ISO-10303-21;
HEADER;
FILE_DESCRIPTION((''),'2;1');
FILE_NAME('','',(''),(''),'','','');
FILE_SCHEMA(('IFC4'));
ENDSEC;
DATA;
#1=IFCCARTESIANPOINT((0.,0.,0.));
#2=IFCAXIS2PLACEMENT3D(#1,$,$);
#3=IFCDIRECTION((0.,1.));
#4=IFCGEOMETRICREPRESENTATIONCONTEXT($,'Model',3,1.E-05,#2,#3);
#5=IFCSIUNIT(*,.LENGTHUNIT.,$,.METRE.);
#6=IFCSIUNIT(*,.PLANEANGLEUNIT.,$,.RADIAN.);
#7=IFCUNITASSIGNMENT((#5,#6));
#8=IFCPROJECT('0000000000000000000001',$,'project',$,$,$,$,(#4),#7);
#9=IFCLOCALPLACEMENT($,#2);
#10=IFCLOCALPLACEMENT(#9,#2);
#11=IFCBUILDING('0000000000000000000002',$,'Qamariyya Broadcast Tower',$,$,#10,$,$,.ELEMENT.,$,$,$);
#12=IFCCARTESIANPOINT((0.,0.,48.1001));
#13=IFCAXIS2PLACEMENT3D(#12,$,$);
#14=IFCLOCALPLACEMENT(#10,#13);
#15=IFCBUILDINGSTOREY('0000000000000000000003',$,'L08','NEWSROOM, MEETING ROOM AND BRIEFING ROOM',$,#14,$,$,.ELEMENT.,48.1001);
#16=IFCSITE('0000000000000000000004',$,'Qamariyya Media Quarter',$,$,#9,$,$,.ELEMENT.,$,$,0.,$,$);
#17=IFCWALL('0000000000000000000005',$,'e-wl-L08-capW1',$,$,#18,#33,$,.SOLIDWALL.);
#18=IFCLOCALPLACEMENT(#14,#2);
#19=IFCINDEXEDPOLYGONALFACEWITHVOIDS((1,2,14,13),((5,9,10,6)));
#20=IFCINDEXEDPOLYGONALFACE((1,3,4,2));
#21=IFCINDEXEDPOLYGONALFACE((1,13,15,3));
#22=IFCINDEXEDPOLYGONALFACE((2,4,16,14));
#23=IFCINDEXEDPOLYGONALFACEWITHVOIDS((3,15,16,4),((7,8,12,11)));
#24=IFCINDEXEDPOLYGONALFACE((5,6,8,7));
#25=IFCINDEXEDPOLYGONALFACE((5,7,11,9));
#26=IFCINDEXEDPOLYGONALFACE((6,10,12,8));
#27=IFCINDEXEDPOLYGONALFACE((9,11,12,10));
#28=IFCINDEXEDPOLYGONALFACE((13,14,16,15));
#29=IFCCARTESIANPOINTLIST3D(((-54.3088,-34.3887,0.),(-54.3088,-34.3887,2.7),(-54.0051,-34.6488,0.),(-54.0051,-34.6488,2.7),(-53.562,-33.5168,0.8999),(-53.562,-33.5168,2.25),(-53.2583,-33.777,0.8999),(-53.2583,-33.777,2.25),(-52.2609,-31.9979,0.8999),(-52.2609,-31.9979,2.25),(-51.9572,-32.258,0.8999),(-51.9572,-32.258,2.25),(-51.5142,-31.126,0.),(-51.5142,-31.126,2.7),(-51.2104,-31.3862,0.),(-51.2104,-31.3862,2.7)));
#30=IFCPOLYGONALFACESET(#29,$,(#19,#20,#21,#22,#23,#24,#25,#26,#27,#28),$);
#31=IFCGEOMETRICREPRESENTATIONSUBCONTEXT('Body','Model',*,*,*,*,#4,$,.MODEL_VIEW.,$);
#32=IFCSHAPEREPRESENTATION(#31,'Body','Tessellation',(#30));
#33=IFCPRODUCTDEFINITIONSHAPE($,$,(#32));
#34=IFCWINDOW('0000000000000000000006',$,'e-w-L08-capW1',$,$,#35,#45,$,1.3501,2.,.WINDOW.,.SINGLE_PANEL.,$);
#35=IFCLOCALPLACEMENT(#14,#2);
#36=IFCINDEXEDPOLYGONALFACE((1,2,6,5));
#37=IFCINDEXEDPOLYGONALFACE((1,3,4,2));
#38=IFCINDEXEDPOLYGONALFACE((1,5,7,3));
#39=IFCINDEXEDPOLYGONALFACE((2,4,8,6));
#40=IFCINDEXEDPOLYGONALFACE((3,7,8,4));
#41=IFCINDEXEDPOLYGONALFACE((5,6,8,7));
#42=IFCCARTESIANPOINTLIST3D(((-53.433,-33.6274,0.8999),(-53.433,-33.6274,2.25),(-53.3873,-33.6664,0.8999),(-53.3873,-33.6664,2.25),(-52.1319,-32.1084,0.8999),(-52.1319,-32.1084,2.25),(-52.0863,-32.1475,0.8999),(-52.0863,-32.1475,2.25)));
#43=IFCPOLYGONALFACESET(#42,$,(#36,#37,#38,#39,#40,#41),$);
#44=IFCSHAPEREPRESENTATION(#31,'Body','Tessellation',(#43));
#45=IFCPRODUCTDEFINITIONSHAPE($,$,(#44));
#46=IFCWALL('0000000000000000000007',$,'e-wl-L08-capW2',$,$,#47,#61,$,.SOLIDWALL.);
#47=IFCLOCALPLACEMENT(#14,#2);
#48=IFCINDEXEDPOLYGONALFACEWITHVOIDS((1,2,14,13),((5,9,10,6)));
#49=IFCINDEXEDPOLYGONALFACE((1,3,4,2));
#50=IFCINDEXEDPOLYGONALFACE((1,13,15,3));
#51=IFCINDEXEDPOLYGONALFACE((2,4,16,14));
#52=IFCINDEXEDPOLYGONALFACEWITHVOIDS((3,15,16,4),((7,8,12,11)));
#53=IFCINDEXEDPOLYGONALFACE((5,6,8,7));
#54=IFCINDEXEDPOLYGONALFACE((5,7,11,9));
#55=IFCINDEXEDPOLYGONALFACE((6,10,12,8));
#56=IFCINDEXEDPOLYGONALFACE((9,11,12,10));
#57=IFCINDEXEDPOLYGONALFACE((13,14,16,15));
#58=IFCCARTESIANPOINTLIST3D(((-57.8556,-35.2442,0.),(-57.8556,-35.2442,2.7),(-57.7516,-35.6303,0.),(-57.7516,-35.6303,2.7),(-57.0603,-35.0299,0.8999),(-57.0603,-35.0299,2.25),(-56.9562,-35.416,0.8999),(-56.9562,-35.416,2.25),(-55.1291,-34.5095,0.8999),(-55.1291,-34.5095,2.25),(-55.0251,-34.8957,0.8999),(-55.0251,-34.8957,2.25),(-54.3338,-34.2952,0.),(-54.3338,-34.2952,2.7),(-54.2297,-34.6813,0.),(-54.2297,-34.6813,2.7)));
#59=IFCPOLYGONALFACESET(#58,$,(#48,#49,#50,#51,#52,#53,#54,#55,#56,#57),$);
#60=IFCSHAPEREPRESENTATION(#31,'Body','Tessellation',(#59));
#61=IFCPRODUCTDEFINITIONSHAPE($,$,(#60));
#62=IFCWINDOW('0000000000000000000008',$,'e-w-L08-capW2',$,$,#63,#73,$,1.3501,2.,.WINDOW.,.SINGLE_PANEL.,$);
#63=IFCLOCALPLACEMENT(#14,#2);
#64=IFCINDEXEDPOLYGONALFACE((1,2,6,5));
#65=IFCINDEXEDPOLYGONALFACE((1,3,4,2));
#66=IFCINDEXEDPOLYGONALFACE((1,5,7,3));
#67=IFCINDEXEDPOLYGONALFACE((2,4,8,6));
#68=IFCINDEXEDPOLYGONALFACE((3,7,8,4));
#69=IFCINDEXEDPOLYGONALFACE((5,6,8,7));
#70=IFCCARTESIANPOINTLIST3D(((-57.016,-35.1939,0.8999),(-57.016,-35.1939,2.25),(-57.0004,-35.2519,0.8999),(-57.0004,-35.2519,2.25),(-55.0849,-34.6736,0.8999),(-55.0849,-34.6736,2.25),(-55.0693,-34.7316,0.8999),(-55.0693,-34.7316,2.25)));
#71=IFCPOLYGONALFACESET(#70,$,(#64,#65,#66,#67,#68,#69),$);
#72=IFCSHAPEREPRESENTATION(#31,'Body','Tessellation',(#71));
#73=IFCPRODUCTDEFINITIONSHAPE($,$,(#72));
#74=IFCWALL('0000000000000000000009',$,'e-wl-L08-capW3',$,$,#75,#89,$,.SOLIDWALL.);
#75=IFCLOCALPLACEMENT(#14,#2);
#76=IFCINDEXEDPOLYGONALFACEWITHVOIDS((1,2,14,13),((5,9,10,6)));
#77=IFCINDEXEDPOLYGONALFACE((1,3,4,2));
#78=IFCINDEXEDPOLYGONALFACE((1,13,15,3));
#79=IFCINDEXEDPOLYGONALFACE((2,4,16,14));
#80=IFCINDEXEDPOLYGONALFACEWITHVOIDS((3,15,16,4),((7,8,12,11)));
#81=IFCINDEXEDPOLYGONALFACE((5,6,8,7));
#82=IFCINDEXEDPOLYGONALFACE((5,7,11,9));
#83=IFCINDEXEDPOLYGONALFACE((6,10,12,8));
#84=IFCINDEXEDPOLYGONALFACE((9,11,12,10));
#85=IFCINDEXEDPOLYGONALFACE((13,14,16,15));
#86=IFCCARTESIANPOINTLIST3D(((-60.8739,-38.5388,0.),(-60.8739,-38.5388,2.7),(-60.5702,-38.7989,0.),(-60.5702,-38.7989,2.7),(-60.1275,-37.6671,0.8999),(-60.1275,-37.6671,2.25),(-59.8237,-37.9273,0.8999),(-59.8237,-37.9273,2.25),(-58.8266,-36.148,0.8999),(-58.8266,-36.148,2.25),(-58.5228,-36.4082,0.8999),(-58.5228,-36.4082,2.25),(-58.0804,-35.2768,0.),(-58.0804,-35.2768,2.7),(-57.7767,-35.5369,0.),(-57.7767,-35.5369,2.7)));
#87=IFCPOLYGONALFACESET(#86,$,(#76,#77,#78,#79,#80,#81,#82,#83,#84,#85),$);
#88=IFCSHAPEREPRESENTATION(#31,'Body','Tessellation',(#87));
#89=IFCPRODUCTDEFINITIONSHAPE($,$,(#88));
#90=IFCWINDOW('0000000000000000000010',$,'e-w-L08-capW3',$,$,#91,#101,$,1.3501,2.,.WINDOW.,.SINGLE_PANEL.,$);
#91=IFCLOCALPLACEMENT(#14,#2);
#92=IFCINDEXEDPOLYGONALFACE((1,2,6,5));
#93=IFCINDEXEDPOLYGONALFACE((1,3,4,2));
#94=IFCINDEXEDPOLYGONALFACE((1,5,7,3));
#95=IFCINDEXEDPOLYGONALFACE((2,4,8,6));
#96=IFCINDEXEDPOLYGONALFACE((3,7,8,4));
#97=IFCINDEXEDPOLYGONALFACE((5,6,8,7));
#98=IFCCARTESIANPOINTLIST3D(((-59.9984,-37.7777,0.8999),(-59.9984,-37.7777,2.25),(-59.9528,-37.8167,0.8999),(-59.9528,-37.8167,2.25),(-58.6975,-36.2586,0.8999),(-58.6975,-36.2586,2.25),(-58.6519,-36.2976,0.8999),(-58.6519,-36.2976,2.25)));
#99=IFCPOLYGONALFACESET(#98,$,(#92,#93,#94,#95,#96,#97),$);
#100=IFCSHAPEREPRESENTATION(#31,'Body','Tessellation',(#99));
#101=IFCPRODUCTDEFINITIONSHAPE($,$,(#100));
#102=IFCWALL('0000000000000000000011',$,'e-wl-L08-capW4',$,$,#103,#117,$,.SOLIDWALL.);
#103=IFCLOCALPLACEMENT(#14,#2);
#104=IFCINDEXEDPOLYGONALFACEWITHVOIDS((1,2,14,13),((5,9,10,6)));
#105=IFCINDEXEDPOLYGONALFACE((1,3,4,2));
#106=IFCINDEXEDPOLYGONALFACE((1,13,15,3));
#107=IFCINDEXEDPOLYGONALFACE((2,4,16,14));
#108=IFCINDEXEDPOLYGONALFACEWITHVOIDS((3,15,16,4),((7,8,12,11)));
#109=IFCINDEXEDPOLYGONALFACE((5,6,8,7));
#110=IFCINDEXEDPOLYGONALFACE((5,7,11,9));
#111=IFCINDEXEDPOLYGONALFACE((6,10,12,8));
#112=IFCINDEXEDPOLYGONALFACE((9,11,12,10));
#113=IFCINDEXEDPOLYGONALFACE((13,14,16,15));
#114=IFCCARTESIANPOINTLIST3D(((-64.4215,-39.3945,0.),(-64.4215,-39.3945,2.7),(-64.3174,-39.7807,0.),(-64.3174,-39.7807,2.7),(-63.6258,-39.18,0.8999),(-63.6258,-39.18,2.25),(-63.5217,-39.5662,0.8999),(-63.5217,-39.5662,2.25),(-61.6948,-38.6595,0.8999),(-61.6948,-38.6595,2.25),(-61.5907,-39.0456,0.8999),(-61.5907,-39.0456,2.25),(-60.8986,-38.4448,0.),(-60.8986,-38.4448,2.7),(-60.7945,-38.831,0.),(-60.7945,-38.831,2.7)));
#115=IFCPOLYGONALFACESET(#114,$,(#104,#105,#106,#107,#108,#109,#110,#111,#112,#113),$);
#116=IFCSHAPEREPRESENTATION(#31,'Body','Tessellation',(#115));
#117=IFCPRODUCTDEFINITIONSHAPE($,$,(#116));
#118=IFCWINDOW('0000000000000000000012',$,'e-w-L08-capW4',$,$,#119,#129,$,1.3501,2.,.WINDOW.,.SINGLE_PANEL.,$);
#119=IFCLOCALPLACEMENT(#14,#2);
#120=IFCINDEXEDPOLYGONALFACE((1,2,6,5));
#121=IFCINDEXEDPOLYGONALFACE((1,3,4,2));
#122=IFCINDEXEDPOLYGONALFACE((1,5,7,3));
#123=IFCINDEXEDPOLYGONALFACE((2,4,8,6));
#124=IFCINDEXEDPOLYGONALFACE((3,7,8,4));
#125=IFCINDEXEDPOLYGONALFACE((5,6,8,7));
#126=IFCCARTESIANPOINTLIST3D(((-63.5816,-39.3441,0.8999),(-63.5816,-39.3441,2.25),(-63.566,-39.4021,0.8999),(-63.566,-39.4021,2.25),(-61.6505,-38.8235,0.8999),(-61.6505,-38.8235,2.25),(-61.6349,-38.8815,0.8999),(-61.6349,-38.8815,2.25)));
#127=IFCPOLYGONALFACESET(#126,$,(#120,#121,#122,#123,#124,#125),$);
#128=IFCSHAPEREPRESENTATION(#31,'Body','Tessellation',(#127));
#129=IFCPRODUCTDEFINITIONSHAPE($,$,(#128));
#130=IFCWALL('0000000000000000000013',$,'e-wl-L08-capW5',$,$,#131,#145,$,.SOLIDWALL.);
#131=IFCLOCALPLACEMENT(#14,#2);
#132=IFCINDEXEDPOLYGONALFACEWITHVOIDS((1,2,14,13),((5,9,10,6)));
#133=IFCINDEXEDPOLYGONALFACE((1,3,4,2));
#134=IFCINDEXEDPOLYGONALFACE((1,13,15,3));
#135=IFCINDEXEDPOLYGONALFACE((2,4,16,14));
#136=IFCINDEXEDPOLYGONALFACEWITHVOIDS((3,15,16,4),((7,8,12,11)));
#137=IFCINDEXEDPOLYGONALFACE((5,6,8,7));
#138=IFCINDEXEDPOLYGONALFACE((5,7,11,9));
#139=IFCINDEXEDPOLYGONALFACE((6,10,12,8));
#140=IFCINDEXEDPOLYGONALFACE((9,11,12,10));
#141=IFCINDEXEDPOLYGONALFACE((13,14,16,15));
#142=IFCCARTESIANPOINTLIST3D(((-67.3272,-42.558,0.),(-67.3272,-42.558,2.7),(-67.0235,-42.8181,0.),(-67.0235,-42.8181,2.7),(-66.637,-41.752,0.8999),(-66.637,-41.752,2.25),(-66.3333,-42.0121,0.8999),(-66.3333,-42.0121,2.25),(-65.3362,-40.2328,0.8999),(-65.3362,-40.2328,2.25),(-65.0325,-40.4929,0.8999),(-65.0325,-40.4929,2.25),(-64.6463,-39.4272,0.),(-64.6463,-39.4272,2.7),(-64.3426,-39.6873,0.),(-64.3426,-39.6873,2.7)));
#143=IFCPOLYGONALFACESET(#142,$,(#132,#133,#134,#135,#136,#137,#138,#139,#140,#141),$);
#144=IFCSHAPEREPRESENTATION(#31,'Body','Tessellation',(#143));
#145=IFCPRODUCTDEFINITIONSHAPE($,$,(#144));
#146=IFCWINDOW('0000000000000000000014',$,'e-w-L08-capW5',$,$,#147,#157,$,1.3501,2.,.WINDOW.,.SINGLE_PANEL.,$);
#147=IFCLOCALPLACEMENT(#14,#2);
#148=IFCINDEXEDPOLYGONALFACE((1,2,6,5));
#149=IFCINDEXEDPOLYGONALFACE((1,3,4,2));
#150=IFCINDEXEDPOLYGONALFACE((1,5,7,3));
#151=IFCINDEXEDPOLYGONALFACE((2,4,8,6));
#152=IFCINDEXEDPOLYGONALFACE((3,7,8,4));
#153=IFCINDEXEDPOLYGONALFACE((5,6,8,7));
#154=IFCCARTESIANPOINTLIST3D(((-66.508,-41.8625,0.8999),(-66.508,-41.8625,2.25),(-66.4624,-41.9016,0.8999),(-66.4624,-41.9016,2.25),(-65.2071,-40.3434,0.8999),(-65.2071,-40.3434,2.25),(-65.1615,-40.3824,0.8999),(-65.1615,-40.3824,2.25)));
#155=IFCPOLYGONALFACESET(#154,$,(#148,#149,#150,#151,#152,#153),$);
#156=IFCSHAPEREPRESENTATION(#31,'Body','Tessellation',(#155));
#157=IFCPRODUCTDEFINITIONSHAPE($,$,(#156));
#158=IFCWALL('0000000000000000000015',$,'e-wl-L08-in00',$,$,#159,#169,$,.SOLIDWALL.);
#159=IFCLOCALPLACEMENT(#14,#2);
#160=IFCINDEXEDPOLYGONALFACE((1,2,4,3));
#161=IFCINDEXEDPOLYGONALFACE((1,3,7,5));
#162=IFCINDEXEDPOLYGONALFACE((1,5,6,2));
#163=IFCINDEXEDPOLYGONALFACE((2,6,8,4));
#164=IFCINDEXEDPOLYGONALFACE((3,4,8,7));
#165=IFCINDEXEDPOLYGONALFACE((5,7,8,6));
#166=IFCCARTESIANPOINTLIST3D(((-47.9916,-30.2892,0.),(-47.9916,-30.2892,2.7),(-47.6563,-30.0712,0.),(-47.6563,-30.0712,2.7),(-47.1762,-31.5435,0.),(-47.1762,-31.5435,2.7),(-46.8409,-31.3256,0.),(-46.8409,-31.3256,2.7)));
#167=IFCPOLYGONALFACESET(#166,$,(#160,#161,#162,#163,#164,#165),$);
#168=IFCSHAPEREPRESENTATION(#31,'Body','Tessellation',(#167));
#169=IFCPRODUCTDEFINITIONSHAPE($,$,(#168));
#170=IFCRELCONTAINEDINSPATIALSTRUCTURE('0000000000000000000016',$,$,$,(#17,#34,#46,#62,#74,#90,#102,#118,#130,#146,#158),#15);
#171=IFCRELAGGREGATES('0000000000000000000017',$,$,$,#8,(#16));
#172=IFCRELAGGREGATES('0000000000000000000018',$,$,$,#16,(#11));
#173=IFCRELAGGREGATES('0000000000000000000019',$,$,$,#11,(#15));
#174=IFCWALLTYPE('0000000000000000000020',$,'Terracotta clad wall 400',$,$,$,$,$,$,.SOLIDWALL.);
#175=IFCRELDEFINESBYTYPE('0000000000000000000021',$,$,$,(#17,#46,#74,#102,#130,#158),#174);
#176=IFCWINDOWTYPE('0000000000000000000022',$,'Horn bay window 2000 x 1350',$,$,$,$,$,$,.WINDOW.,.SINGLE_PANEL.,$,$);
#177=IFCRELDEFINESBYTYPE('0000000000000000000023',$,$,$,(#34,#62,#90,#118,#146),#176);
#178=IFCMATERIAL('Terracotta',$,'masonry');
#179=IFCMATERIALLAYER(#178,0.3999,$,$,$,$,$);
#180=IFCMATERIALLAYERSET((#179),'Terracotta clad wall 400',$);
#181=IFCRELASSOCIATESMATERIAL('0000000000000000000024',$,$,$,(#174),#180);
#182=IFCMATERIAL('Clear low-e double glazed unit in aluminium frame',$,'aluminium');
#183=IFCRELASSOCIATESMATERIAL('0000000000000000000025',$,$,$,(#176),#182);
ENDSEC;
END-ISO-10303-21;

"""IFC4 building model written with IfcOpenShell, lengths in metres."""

from ifc_helpers import new_model, si_unit, direction, frame, frame_2d, origin, place, context, subcontext, project, spatial, rectangle, extrude, material, layer, layer_set, type_object, element, fill, save


model = new_model("IFC4")

# Units and contexts
model_context = context("Model", 3, precision=1e-05, world=origin(), true_north=direction((0.0, 1.0)))
body_context = subcontext(model_context, "Body", "Model", "MODEL_VIEW")
ifc_project = project(units=[si_unit("LENGTHUNIT", "METRE"), si_unit("PLANEANGLEUNIT", "RADIAN")], contexts=[model_context])

# Site, building, storey
site_placement = place(None, origin())
site = spatial("IfcSite", under=ifc_project, at=site_placement, Name="Qamariyya Media Quarter", CompositionType="ELEMENT", RefElevation=0.0)
building_placement = place(site_placement, origin())
building = spatial("IfcBuilding", under=site, at=building_placement, Name="Qamariyya Broadcast Tower", CompositionType="ELEMENT")
storey_placement = place(building_placement, frame((0.0, 0.0, 48.1001)))
storey = spatial("IfcBuildingStorey", under=building, at=storey_placement, Name="L08", Description="NEWSROOM, MEETING ROOM AND BRIEFING ROOM", CompositionType="ELEMENT", Elevation=48.1001)

# Walls, openings, windows
ifc_material_1 = material(Name="Terracotta", Category="masonry")
ifc_layer = layer(ifc_material_1, 0.3999)
ifc_layer_set = layer_set([ifc_layer], Name="Terracotta clad wall 400")
wall_type = type_object("IfcWallType", Name="Terracotta clad wall 400", PredefinedType="SOLIDWALL", material=ifc_layer_set)
ifc_material_2 = material(Name="Clear low-e double glazed unit in aluminium frame", Category="aluminium")
window_type_1 = type_object("IfcWindowType", Name="Horn bay window 2000 x 1350", PartitioningType="SINGLE_PANEL", PredefinedType="WINDOW", material=ifc_material_2)
wall_1_placement = place(storey_placement, frame((-51.3623, -31.2561, 0.0), z_axis=(0.0, 0.0, 1.0), x_axis=(-0.650534, -0.759477, 0.0)))
wall_1 = element("IfcWall", 1, at=wall_1_placement, inside=storey, type_object=wall_type, Name="e-wl-L08-capW1", PredefinedType="SOLIDWALL", context=body_context, shape_type="SweptSolid", body=[
    extrude(rectangle(XDim=4.2959, YDim=0.3999, at=frame_2d((2.1479, 0.0))), origin(), (0.0, 0.0, 1.0), 2.7),
])
opening_1_placement = place(wall_1_placement, frame((1.1479, 0.0, 0.8999)))
opening_1 = element("IfcOpeningElement", 2, at=opening_1_placement, cuts=wall_1, PredefinedType="OPENING", context=body_context, shape_type="SweptSolid", body=[
    extrude(rectangle(XDim=2.0, YDim=1.3501, at=frame_2d((1.0, 0.675))), frame((0.0, 0.21, 0.0), z_axis=(0.0, -1.0, 0.0), x_axis=(1.0, 0.0, 0.0)), (0.0, 0.0, 1.0), 0.4199),
])
window_1_placement = place(opening_1_placement, origin())
window_1 = element("IfcWindow", 3, at=window_1_placement, inside=storey, type_object=window_type_1, Name="e-w-L08-capW1", OverallHeight=1.3501, OverallWidth=2.0, PartitioningType="SINGLE_PANEL", PredefinedType="WINDOW", context=body_context, shape_type="SweptSolid", body=[
    extrude(rectangle(XDim=2.0, YDim=1.3501, at=frame_2d((1.0, 0.675))), frame((0.0, 0.03, 0.0), z_axis=(0.0, -1.0, 0.0), x_axis=(1.0, 0.0, 0.0)), (0.0, 0.0, 1.0), 0.0601),
])
fill(opening_1, window_1)
wall_2_placement = place(storey_placement, frame((-54.2817, -34.4883, 0.0), z_axis=(0.0, 0.0, 1.0), x_axis=(-0.965564, -0.260165, 0.0)))
wall_2 = element("IfcWall", 4, at=wall_2_placement, inside=storey, type_object=wall_type, Name="e-wl-L08-capW2", PredefinedType="SOLIDWALL", context=body_context, shape_type="SweptSolid", body=[
    extrude(rectangle(XDim=3.6475, YDim=0.3999, at=frame_2d((1.8237, 0.0))), origin(), (0.0, 0.0, 1.0), 2.7),
])
opening_2_placement = place(wall_2_placement, frame((0.8237, 0.0, 0.8999)))
opening_2 = element("IfcOpeningElement", 5, at=opening_2_placement, cuts=wall_2, PredefinedType="OPENING", context=body_context, shape_type="SweptSolid", body=[
    extrude(rectangle(XDim=2.0, YDim=1.3501, at=frame_2d((1.0, 0.675))), frame((0.0, 0.21, 0.0), z_axis=(0.0, -1.0, 0.0), x_axis=(1.0, 0.0, 0.0)), (0.0, 0.0, 1.0), 0.4199),
])
window_2_placement = place(opening_2_placement, origin())
window_2 = element("IfcWindow", 6, at=window_2_placement, inside=storey, type_object=window_type_1, Name="e-w-L08-capW2", OverallHeight=1.3501, OverallWidth=2.0, PartitioningType="SINGLE_PANEL", PredefinedType="WINDOW", context=body_context, shape_type="SweptSolid", body=[
    extrude(rectangle(XDim=2.0, YDim=1.3501, at=frame_2d((1.0, 0.675))), frame((0.0, 0.03, 0.0), z_axis=(0.0, -1.0, 0.0), x_axis=(1.0, 0.0, 0.0)), (0.0, 0.0, 1.0), 0.0601),
])
fill(opening_2, window_2)
wall_3_placement = place(storey_placement, frame((-57.9285, -35.4067, 0.0), z_axis=(0.0, 0.0, 1.0), x_axis=(-0.650454, -0.759545, 0.0)))
wall_3 = element("IfcWall", 7, at=wall_3_placement, inside=storey, type_object=wall_type, Name="e-wl-L08-capW3", PredefinedType="SOLIDWALL", context=body_context, shape_type="SweptSolid", body=[
    extrude(rectangle(XDim=4.2947, YDim=0.3999, at=frame_2d((2.1475, 0.0))), origin(), (0.0, 0.0, 1.0), 2.7),
])
opening_3_placement = place(wall_3_placement, frame((1.1472, 0.0, 0.8999)))
opening_3 = element("IfcOpeningElement", 8, at=opening_3_placement, cuts=wall_3, PredefinedType="OPENING", context=body_context, shape_type="SweptSolid", body=[
    extrude(rectangle(XDim=2.0, YDim=1.3501, at=frame_2d((1.0, 0.675))), frame((0.0, 0.21, 0.0), z_axis=(0.0, -1.0, 0.0), x_axis=(1.0, 0.0, 0.0)), (0.0, 0.0, 1.0), 0.4199),
])
window_3_placement = place(opening_3_placement, origin())
window_3 = element("IfcWindow", 9, at=window_3_placement, inside=storey, type_object=window_type_1, Name="e-w-L08-capW3", OverallHeight=1.3501, OverallWidth=2.0, PartitioningType="SINGLE_PANEL", PredefinedType="WINDOW", context=body_context, shape_type="SweptSolid", body=[
    extrude(rectangle(XDim=2.0, YDim=1.3501, at=frame_2d((1.0, 0.675))), frame((0.0, 0.03, 0.0), z_axis=(0.0, -1.0, 0.0), x_axis=(1.0, 0.0, 0.0)), (0.0, 0.0, 1.0), 0.0601),
])
fill(opening_3, window_3)
wall_4_placement = place(storey_placement, frame((-60.8467, -38.6379, 0.0), z_axis=(0.0, 0.0, 1.0), x_axis=(-0.965532, -0.260285, 0.0)))
wall_4 = element("IfcWall", 10, at=wall_4_placement, inside=storey, type_object=wall_type, Name="e-wl-L08-capW4", PredefinedType="SOLIDWALL", context=body_context, shape_type="SweptSolid", body=[
    extrude(rectangle(XDim=3.6487, YDim=0.3999, at=frame_2d((1.8242, 0.0))), origin(), (0.0, 0.0, 1.0), 2.7),
])
opening_4_placement = place(wall_4_placement, frame((0.8245, 0.0, 0.8999)))
opening_4 = element("IfcOpeningElement", 11, at=opening_4_placement, cuts=wall_4, PredefinedType="OPENING", context=body_context, shape_type="SweptSolid", body=[
    extrude(rectangle(XDim=2.0, YDim=1.3501, at=frame_2d((1.0, 0.675))), frame((0.0, 0.21, 0.0), z_axis=(0.0, -1.0, 0.0), x_axis=(1.0, 0.0, 0.0)), (0.0, 0.0, 1.0), 0.4199),
])
window_4_placement = place(opening_4_placement, origin())
window_4 = element("IfcWindow", 12, at=window_4_placement, inside=storey, type_object=window_type_1, Name="e-w-L08-capW4", OverallHeight=1.3501, OverallWidth=2.0, PartitioningType="SINGLE_PANEL", PredefinedType="WINDOW", context=body_context, shape_type="SweptSolid", body=[
    extrude(rectangle(XDim=2.0, YDim=1.3501, at=frame_2d((1.0, 0.675))), frame((0.0, 0.03, 0.0), z_axis=(0.0, -1.0, 0.0), x_axis=(1.0, 0.0, 0.0)), (0.0, 0.0, 1.0), 0.0601),
])
fill(opening_4, window_4)
wall_5_placement = place(storey_placement, frame((-64.4944, -39.5571, 0.0), z_axis=(0.0, 0.0, 1.0), x_axis=(-0.650416, -0.759578, 0.0)))
wall_5 = element("IfcWall", 13, at=wall_5_placement, inside=storey, type_object=wall_type, Name="e-wl-L08-capW5", PredefinedType="SOLIDWALL", context=body_context, shape_type="SweptSolid", body=[
    extrude(rectangle(XDim=4.1218, YDim=0.3999, at=frame_2d((2.061, 0.0))), origin(), (0.0, 0.0, 1.0), 2.7),
])
opening_5_placement = place(wall_5_placement, frame((1.0608, 0.0, 0.8999)))
opening_5 = element("IfcOpeningElement", 14, at=opening_5_placement, cuts=wall_5, PredefinedType="OPENING", context=body_context, shape_type="SweptSolid", body=[
    extrude(rectangle(XDim=2.0, YDim=1.3501, at=frame_2d((1.0, 0.675))), frame((0.0, 0.21, 0.0), z_axis=(0.0, -1.0, 0.0), x_axis=(1.0, 0.0, 0.0)), (0.0, 0.0, 1.0), 0.4199),
])
window_5_placement = place(opening_5_placement, origin())
window_5 = element("IfcWindow", 15, at=window_5_placement, inside=storey, type_object=window_type_1, Name="e-w-L08-capW5", OverallHeight=1.3501, OverallWidth=2.0, PartitioningType="SINGLE_PANEL", PredefinedType="WINDOW", context=body_context, shape_type="SweptSolid", body=[
    extrude(rectangle(XDim=2.0, YDim=1.3501, at=frame_2d((1.0, 0.675))), frame((0.0, 0.03, 0.0), z_axis=(0.0, -1.0, 0.0), x_axis=(1.0, 0.0, 0.0)), (0.0, 0.0, 1.0), 0.0601),
])
fill(opening_5, window_5)

# Wall
wall_6_placement = place(storey_placement, frame((-47.0085, -31.4346, 0.0), z_axis=(0.0, 0.0, 1.0), x_axis=(-0.545023, 0.838421, 0.0)))
element("IfcWall", 16, at=wall_6_placement, inside=storey, type_object=wall_type, Name="e-wl-L08-in00", PredefinedType="SOLIDWALL", context=body_context, shape_type="SweptSolid", body=[
    extrude(rectangle(XDim=1.4961, YDim=0.3999, at=frame_2d((0.748, 0.0))), origin(), (0.0, 0.0, 1.0), 2.7),
])

save(model, "model.ifc")
